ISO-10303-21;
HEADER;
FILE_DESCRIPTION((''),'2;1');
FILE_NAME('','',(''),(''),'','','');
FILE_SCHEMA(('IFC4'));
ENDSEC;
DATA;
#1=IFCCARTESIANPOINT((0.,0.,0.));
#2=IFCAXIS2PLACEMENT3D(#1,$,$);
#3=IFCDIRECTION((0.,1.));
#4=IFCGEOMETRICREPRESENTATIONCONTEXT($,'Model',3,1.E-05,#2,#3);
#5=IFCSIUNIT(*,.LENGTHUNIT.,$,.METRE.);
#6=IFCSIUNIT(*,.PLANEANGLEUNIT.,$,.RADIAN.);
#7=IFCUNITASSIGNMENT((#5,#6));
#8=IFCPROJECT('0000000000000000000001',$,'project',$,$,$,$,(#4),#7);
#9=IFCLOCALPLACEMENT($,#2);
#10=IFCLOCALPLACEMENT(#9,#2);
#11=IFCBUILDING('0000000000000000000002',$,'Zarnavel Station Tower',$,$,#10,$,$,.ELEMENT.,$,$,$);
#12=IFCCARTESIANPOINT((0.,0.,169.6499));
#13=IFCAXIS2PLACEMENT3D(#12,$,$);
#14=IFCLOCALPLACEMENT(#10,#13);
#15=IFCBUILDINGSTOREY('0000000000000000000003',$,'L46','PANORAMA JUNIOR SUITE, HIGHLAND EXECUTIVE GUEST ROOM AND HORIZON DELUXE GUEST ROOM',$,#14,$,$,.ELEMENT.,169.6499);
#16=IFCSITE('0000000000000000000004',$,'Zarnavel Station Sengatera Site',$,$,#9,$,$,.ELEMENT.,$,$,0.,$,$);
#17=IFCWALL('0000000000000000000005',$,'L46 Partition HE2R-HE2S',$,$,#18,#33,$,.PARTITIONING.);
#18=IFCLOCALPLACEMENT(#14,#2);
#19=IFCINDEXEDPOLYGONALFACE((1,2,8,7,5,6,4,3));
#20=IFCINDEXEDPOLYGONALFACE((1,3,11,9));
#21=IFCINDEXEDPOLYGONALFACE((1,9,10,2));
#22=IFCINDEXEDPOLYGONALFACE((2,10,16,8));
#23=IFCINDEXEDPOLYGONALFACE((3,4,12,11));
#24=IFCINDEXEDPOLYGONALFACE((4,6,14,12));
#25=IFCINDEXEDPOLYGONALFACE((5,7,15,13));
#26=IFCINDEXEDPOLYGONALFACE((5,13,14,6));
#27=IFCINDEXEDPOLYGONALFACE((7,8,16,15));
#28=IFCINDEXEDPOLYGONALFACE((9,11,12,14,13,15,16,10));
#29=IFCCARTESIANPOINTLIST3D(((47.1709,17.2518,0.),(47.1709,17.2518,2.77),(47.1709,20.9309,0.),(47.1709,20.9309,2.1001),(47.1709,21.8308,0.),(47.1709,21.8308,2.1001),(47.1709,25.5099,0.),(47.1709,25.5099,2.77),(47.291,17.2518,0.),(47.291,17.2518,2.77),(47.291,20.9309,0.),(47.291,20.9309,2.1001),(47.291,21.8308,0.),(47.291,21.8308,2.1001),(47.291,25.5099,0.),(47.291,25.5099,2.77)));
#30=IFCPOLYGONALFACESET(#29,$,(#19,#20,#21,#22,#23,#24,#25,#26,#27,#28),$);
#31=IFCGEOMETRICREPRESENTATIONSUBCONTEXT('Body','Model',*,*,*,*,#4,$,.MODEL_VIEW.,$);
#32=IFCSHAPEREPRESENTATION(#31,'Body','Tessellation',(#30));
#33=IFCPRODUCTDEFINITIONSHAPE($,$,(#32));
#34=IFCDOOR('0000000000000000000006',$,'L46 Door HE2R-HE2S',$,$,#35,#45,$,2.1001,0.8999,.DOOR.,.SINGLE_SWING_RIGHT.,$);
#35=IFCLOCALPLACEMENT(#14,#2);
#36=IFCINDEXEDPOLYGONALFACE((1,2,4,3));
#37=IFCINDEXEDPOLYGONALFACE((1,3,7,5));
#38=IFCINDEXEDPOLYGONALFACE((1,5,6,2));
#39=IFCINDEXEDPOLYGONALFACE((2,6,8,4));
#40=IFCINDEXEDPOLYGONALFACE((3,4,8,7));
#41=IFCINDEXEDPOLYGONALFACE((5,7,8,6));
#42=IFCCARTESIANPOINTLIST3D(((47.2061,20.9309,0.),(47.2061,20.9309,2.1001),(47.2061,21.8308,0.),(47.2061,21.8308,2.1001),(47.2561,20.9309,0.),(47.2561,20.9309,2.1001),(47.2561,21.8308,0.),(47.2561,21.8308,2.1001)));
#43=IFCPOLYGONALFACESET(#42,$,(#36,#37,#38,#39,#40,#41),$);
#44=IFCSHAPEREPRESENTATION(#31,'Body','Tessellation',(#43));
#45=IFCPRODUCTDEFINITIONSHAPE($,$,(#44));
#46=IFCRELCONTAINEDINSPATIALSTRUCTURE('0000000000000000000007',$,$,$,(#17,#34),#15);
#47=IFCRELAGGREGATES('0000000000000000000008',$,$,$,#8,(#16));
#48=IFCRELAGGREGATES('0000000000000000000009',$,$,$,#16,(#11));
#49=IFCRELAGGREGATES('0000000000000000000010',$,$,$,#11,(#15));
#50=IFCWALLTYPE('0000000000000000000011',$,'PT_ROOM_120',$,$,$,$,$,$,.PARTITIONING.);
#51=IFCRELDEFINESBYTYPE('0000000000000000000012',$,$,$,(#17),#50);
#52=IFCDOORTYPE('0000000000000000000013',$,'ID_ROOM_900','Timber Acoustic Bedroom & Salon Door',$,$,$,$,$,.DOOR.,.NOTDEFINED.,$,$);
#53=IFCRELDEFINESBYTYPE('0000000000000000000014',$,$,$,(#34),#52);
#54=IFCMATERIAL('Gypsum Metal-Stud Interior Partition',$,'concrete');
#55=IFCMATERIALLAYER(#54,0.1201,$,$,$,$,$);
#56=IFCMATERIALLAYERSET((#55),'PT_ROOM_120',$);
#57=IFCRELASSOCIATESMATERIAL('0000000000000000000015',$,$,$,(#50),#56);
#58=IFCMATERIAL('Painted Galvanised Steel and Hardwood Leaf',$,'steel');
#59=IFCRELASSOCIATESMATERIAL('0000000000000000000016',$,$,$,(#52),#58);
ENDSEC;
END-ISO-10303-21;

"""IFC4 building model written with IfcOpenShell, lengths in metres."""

from ifc_helpers import new_model, si_unit, direction, frame, frame_2d, origin, place, context, subcontext, project, spatial, rectangle, extrude, material, layer, layer_set, type_object, element, fill, save


model = new_model("IFC4")

# Units and contexts
model_context = context("Model", 3, precision=1e-05, world=origin(), true_north=direction((0.0, 1.0)))
body_context = subcontext(model_context, "Body", "Model", "MODEL_VIEW")
ifc_project = project(units=[si_unit("LENGTHUNIT", "METRE"), si_unit("PLANEANGLEUNIT", "RADIAN")], contexts=[model_context])

# Site, building, storey
site_placement = place(None, origin())
site = spatial("IfcSite", under=ifc_project, at=site_placement, Name="Zarnavel Station Sengatera Site", CompositionType="ELEMENT", RefElevation=0.0)
building_placement = place(site_placement, origin())
building = spatial("IfcBuilding", under=site, at=building_placement, Name="Zarnavel Station Tower", CompositionType="ELEMENT")
storey_placement = place(building_placement, frame((0.0, 0.0, 169.6499)))
storey = spatial("IfcBuildingStorey", under=building, at=storey_placement, Name="L46", Description="PANORAMA JUNIOR SUITE, HIGHLAND EXECUTIVE GUEST ROOM AND HORIZON DELUXE GUEST ROOM", CompositionType="ELEMENT", Elevation=169.6499)

# Wall, opening, door
ifc_material_1 = material(Name="Gypsum Metal-Stud Interior Partition", Category="concrete")
ifc_layer_1 = layer(ifc_material_1, 0.1201)
ifc_layer_set_1 = layer_set([ifc_layer_1], Name="PT_ROOM_120")
wall_type_1 = type_object("IfcWallType", Name="PT_ROOM_120", PredefinedType="PARTITIONING", material=ifc_layer_set_1)
ifc_material_2 = material(Name="Painted Galvanised Steel and Hardwood Leaf", Category="steel")
door_type_1 = type_object("IfcDoorType", Name="ID_ROOM_900", Description="Timber Acoustic Bedroom & Salon Door", OperationType="NOTDEFINED", PredefinedType="DOOR", material=ifc_material_2)
wall_1_placement = place(storey_placement, frame((47.231, 17.252, 0.0), z_axis=(0.0, 0.0, 1.0), x_axis=(0.0, 1.0, 0.0)))
wall_1 = element("IfcWall", 1, at=wall_1_placement, inside=storey, type_object=wall_type_1, Name="L46 Partition HE2R-HE2S", PredefinedType="PARTITIONING", context=body_context, shape_type="SweptSolid", body=[
    extrude(rectangle(XDim=8.2581, YDim=0.1201, at=frame_2d((4.1289, 0.0))), origin(), (0.0, 0.0, 1.0), 2.77),
])
opening_1_placement = place(wall_1_placement, frame((3.679, 0.0, 0.0)))
opening_1 = element("IfcOpeningElement", 2, at=opening_1_placement, cuts=wall_1, PredefinedType="OPENING", context=body_context, shape_type="SweptSolid", body=[
    extrude(rectangle(XDim=0.8999, YDim=2.1001, at=frame_2d((0.45, 1.05))), frame((0.0, 0.0701, 0.0), z_axis=(0.0, -1.0, 0.0), x_axis=(1.0, 0.0, 0.0)), (0.0, 0.0, 1.0), 0.1401),
])
door_1_placement = place(opening_1_placement, origin())
door_1 = element("IfcDoor", 3, at=door_1_placement, inside=storey, type_object=door_type_1, Name="L46 Door HE2R-HE2S", OperationType="SINGLE_SWING_RIGHT", OverallHeight=2.1001, OverallWidth=0.8999, PredefinedType="DOOR", context=body_context, shape_type="SweptSolid", body=[
    extrude(rectangle(XDim=0.8999, YDim=2.1001, at=frame_2d((0.45, 1.05))), frame((0.0, 0.0249, 0.0), z_axis=(0.0, -1.0, 0.0), x_axis=(1.0, 0.0, 0.0)), (0.0, 0.0, 1.0), 0.05),
])
fill(opening_1, door_1)

save(model, "model.ifc")
